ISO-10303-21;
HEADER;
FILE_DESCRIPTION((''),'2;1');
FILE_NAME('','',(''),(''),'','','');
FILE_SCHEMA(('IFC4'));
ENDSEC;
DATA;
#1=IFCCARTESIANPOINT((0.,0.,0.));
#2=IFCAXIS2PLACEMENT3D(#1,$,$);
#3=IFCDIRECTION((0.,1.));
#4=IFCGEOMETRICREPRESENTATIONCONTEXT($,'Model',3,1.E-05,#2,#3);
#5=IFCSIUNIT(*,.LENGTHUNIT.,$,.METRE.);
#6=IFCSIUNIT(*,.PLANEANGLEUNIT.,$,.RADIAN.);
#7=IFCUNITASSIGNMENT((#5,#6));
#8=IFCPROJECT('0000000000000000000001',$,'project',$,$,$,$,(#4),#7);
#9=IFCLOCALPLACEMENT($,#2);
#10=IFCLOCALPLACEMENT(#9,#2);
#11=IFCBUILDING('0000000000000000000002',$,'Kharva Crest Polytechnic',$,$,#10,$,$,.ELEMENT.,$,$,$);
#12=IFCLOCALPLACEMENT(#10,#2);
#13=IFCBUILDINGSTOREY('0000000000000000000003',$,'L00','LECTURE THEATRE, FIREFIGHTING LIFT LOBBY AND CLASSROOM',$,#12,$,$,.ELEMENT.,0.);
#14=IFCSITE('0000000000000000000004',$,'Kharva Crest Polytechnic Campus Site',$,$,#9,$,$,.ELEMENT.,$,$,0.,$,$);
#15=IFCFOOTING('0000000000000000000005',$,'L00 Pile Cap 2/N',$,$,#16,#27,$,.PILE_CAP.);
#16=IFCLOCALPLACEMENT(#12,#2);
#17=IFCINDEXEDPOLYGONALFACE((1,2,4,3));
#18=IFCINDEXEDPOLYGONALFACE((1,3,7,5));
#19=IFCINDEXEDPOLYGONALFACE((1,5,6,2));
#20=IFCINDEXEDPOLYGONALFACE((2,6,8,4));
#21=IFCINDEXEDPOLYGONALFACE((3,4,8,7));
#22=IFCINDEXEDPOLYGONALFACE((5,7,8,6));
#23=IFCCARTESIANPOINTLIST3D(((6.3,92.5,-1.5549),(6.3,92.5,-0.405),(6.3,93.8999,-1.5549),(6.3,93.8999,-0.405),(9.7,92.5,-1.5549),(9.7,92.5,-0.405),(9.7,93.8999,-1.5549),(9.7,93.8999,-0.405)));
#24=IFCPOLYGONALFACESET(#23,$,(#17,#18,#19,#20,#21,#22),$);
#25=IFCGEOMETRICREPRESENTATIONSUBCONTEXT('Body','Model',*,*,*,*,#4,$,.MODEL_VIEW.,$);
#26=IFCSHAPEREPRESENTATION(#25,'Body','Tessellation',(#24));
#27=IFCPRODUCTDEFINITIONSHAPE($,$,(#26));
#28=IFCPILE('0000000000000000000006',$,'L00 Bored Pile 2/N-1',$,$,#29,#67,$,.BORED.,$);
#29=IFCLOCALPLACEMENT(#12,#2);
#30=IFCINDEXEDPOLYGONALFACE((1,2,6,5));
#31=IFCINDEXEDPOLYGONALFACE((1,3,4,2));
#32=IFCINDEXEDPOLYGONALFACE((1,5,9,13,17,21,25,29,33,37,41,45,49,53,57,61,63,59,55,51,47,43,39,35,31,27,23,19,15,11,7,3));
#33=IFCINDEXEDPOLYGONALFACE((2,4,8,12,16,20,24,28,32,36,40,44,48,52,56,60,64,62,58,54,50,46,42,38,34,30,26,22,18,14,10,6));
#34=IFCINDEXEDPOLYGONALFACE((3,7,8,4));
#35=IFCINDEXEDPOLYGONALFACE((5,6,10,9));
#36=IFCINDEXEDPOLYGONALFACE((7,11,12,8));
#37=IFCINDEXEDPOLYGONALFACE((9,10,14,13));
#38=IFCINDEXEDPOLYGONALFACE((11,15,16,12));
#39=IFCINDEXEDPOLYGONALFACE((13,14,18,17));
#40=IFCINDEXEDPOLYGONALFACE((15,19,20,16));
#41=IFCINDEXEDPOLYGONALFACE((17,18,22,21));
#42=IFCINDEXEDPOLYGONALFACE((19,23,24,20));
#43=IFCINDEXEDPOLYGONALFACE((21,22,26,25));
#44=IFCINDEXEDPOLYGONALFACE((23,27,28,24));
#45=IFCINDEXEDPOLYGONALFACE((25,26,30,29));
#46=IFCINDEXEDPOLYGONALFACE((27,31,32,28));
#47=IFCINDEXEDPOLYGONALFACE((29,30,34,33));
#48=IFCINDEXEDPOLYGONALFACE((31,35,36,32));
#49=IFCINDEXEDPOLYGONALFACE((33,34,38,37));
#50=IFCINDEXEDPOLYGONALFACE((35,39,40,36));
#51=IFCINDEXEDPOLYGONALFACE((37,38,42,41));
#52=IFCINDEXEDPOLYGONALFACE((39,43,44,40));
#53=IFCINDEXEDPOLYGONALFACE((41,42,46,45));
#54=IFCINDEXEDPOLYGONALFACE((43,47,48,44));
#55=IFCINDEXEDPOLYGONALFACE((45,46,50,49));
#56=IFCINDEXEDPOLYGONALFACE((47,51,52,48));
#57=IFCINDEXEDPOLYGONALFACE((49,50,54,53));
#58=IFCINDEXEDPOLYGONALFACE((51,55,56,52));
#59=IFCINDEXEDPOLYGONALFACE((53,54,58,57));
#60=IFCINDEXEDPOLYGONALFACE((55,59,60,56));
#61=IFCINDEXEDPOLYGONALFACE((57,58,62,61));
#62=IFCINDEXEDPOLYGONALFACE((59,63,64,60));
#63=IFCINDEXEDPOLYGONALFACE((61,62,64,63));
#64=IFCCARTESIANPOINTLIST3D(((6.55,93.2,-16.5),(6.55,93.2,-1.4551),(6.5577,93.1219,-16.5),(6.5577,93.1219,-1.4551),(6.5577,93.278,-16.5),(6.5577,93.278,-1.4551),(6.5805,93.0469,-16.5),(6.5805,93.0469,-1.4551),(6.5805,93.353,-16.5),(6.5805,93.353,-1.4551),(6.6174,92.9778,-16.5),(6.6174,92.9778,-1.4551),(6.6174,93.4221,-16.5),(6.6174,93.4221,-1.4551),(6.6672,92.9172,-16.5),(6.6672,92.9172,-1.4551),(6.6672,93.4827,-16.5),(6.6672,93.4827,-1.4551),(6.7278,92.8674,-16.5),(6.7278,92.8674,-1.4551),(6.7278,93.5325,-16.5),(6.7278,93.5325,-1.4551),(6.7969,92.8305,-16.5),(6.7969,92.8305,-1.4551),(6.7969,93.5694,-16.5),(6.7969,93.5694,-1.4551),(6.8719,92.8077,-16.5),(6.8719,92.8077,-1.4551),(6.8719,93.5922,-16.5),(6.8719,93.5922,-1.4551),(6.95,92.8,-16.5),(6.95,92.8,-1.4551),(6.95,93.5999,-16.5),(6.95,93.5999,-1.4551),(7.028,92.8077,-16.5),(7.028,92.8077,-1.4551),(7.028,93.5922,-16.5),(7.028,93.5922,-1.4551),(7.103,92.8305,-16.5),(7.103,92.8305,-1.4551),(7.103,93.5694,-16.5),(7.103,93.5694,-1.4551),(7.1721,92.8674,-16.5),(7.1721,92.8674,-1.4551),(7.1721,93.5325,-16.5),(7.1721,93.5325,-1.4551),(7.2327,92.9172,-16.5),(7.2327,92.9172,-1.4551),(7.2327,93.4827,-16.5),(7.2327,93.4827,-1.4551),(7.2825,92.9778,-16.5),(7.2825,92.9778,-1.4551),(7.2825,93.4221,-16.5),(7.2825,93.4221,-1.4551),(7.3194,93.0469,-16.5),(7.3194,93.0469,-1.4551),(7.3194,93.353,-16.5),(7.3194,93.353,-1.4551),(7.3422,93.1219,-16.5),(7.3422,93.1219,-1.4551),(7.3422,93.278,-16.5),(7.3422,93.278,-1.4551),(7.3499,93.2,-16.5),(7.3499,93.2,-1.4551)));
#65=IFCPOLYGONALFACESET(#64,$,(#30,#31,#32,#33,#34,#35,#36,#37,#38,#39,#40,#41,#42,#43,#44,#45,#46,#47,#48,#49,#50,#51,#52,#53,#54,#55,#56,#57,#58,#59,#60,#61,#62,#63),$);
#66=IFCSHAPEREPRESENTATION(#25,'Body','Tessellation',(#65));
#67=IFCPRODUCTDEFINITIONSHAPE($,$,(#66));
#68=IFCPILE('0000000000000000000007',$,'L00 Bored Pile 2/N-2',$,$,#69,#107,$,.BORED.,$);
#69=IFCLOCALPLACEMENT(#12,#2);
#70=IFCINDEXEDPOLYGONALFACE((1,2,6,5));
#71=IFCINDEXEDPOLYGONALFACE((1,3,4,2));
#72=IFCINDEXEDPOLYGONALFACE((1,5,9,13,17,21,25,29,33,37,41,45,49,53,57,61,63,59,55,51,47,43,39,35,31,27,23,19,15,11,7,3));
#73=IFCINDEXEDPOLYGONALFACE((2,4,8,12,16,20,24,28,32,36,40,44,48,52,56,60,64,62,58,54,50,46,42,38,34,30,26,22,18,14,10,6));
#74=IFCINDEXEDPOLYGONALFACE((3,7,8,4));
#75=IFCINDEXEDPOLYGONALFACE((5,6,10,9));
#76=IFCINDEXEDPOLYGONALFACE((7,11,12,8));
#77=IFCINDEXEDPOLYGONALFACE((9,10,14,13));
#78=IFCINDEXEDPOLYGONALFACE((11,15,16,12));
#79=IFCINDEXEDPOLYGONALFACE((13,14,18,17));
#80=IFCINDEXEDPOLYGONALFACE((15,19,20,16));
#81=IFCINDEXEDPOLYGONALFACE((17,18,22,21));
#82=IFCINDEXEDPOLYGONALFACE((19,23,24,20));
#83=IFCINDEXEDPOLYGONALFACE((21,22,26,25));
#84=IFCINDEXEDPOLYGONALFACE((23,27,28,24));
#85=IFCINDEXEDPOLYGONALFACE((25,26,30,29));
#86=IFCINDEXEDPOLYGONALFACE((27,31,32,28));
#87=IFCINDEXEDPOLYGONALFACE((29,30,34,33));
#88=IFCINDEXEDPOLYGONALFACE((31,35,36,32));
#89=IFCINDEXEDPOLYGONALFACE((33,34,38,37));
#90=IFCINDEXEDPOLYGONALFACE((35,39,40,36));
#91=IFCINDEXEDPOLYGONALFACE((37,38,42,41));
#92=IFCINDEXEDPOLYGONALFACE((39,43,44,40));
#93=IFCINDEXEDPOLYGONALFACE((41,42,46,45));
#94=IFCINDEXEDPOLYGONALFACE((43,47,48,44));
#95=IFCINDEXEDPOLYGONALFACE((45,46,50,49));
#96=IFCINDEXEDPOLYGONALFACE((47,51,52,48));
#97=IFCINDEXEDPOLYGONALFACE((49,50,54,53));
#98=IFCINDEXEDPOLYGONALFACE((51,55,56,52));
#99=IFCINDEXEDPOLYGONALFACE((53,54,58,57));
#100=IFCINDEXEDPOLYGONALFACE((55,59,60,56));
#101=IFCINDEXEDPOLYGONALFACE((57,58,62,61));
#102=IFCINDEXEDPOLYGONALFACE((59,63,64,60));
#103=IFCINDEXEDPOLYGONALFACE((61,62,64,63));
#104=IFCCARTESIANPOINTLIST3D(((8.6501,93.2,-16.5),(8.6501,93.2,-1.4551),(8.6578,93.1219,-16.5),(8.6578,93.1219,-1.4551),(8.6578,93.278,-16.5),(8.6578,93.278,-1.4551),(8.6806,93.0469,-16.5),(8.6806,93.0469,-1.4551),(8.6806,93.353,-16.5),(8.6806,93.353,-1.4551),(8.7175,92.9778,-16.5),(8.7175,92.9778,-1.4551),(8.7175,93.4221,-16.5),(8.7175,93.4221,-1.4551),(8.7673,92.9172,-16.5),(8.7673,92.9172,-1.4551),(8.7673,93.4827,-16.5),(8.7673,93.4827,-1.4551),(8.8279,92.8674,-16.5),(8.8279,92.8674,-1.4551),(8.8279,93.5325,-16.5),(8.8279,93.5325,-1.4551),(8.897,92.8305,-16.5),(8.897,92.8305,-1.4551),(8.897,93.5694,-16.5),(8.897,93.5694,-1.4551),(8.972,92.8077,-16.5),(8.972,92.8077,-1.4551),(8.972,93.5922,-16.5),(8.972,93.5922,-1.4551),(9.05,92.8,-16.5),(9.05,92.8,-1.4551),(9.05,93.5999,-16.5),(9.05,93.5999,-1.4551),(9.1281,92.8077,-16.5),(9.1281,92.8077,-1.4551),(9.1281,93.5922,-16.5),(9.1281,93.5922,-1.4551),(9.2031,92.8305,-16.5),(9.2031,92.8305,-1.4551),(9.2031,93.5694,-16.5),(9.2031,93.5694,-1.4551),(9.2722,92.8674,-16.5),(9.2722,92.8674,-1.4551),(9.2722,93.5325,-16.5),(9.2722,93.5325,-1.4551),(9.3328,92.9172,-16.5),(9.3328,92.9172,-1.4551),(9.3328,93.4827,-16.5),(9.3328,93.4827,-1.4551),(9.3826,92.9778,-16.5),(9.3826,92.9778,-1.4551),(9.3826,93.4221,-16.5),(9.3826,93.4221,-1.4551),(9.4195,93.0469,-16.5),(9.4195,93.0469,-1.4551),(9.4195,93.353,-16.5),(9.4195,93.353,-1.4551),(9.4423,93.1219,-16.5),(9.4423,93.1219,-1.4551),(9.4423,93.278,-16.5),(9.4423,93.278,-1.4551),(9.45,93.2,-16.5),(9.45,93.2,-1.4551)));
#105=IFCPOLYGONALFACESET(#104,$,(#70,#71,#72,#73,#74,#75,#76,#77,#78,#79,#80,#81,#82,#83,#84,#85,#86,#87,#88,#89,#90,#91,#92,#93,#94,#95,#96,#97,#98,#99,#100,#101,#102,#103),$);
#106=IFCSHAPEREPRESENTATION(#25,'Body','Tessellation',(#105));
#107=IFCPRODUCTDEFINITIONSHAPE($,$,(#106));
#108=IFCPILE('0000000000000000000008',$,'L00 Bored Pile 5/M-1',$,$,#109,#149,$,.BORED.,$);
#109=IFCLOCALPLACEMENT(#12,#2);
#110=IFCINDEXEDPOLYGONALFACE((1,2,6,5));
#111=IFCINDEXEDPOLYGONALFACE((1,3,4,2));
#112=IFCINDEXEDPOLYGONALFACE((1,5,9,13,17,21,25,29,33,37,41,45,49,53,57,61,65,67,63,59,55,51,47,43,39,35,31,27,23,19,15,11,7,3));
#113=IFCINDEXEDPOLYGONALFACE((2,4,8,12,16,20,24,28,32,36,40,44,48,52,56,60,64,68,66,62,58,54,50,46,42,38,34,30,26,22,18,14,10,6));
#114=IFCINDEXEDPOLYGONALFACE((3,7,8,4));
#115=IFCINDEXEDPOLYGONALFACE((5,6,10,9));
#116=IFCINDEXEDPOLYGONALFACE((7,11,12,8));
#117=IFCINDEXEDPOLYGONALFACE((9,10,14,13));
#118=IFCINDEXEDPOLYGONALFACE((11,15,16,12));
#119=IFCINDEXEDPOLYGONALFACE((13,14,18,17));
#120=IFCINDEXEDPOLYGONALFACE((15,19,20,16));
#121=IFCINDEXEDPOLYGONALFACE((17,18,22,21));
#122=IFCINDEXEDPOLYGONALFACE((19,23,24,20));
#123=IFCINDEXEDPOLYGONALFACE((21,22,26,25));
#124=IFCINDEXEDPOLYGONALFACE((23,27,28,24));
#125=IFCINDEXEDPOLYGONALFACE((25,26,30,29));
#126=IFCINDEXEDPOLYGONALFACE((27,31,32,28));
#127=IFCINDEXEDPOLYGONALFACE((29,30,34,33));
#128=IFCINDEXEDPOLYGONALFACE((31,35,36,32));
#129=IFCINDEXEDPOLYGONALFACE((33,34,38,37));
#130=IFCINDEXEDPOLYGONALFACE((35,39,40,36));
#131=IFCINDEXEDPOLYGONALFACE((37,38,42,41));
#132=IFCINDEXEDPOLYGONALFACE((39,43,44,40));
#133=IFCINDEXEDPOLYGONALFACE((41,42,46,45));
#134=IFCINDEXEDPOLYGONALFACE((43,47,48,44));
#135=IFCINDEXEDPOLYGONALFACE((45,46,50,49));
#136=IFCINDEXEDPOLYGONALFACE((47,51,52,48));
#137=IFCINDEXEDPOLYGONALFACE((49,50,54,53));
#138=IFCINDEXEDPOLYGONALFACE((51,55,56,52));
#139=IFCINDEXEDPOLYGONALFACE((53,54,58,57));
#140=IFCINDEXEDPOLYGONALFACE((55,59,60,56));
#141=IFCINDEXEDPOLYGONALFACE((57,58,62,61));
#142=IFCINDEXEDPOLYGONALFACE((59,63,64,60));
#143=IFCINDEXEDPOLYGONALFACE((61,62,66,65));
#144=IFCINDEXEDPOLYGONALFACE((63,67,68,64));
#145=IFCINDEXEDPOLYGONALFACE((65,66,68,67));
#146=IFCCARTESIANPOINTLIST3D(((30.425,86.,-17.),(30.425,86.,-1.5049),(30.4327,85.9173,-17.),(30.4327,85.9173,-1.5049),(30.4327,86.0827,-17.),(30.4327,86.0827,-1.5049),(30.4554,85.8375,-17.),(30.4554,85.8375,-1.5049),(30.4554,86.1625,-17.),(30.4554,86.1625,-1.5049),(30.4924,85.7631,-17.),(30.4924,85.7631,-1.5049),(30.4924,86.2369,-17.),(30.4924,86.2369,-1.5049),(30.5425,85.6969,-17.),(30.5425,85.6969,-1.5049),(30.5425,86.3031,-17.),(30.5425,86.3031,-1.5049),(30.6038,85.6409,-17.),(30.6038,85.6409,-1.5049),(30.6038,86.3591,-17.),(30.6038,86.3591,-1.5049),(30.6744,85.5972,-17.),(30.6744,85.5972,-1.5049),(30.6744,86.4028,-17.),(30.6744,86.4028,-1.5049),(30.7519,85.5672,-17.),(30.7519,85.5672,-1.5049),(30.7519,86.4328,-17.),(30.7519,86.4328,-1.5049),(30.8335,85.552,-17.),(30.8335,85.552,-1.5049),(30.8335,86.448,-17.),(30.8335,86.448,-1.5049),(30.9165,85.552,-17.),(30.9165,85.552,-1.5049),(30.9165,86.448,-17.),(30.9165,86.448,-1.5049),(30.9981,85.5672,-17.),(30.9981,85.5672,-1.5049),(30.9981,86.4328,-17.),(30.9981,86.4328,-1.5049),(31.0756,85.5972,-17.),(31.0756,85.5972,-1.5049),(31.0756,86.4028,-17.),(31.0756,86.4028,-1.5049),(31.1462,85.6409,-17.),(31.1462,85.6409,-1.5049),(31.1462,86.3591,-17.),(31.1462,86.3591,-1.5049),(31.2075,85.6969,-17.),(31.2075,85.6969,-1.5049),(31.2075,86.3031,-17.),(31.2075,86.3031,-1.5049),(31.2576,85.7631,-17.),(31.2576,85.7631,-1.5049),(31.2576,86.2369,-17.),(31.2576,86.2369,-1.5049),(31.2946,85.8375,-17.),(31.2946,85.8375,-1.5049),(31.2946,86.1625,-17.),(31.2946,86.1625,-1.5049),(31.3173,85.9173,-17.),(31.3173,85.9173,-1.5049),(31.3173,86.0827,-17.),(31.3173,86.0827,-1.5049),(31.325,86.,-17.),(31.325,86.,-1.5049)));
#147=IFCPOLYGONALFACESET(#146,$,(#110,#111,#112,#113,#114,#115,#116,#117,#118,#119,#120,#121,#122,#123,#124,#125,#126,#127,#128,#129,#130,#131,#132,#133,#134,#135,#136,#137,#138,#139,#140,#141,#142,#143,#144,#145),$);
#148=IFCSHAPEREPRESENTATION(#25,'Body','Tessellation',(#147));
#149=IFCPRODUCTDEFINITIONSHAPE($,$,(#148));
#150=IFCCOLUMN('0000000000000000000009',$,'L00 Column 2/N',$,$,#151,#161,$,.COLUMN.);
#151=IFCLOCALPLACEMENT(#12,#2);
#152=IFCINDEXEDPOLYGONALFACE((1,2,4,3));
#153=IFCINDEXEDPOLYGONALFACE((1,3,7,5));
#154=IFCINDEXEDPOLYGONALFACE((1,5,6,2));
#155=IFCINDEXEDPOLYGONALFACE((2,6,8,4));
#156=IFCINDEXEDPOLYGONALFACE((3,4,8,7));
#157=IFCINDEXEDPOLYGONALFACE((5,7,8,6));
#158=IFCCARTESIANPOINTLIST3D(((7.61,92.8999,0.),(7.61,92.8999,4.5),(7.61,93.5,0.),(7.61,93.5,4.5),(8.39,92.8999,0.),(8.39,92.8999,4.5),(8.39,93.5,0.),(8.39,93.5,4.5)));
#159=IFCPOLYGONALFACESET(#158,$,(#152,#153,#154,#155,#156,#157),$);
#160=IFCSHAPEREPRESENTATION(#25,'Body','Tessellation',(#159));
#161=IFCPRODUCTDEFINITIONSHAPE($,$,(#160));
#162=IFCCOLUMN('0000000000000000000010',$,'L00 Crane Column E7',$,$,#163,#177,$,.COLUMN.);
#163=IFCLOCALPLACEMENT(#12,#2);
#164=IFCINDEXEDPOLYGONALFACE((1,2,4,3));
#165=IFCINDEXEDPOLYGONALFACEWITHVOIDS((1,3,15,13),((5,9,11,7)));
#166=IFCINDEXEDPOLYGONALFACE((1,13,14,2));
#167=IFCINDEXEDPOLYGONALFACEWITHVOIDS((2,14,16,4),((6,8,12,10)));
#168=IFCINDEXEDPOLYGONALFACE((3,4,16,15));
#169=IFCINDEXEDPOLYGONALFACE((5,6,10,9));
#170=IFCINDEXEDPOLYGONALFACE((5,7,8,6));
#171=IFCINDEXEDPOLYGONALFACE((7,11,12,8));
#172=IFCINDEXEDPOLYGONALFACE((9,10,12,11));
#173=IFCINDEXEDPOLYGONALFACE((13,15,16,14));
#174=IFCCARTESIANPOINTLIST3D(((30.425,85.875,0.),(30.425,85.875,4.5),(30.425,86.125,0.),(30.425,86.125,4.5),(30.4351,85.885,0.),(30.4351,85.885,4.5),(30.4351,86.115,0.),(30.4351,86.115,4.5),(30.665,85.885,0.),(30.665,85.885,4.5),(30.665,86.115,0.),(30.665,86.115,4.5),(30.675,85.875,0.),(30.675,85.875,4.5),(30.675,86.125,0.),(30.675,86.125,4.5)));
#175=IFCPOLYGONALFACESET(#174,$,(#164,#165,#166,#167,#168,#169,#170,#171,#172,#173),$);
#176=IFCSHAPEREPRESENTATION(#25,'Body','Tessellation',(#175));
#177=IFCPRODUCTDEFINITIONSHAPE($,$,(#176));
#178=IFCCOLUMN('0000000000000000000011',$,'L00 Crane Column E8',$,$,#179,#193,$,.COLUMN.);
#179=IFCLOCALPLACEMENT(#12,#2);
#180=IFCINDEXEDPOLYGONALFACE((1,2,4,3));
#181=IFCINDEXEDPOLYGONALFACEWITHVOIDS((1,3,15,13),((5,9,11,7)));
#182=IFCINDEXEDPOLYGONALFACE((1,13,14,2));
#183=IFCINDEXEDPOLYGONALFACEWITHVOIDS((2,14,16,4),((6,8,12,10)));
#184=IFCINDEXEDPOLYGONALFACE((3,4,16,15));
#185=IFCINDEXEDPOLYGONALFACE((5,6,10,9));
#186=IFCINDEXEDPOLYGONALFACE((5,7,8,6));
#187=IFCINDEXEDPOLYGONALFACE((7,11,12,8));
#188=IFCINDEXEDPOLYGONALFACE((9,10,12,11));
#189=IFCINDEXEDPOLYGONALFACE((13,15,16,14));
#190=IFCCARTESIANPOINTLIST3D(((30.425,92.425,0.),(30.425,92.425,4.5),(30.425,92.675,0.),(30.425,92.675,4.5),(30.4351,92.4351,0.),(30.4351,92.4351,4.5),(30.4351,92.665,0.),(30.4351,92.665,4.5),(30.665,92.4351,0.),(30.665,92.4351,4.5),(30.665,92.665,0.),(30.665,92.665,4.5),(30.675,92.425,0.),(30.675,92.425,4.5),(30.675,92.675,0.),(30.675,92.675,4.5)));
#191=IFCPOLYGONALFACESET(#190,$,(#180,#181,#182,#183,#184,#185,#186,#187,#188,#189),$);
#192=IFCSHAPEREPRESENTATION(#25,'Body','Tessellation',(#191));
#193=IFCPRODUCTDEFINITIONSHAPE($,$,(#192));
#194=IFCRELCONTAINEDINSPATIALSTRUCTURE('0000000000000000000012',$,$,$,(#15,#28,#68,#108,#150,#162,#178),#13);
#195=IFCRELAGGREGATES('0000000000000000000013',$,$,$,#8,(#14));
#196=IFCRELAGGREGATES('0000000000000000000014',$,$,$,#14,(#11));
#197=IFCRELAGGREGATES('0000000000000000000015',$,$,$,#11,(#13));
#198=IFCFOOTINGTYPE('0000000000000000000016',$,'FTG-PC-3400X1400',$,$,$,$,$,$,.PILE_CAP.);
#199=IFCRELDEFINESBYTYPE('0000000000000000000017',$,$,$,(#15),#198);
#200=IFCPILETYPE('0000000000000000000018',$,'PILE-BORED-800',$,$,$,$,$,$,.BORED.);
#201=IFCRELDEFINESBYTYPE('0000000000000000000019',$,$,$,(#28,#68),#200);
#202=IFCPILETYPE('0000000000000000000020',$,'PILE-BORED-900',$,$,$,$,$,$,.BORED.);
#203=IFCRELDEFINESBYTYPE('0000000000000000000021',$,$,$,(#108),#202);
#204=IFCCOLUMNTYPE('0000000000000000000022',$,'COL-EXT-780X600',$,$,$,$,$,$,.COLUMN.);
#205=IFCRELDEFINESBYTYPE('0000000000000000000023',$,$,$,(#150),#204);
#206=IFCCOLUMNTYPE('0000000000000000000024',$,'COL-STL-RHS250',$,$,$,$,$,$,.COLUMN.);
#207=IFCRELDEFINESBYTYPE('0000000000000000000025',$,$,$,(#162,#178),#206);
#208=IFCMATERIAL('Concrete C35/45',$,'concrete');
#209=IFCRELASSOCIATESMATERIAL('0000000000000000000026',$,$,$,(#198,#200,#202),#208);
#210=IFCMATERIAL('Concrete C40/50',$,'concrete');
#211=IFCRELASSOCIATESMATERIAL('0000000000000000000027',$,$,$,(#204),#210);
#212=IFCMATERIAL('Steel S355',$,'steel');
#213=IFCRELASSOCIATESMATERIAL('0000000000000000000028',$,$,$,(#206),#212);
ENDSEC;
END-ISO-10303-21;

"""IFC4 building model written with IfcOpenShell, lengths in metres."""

from ifc_helpers import new_model, si_unit, direction, frame, origin, origin_2d, place, context, subcontext, project, spatial, rectangle, hollow_rectangle, circle, extrude, material, material_profile, profile_set, type_object, element, save


model = new_model("IFC4")

# Units and contexts
model_context = context("Model", 3, precision=1e-05, world=origin(), true_north=direction((0.0, 1.0)))
body_context = subcontext(model_context, "Body", "Model", "MODEL_VIEW")
ifc_project = project(units=[si_unit("LENGTHUNIT", "METRE"), si_unit("PLANEANGLEUNIT", "RADIAN")], contexts=[model_context])

# Site, building, storey
site_placement = place(None, origin())
site = spatial("IfcSite", under=ifc_project, at=site_placement, Name="Kharva Crest Polytechnic Campus Site", CompositionType="ELEMENT", RefElevation=0.0)
building_placement = place(site_placement, origin())
building = spatial("IfcBuilding", under=site, at=building_placement, Name="Kharva Crest Polytechnic", CompositionType="ELEMENT")
storey_placement = place(building_placement, origin())
storey = spatial("IfcBuildingStorey", under=building, at=storey_placement, Name="L00", Description="LECTURE THEATRE, FIREFIGHTING LIFT LOBBY AND CLASSROOM", CompositionType="ELEMENT", Elevation=0.0)

# Footing
ifc_material_1 = material(Name="Concrete C35/45", Category="concrete")
footing_type = type_object("IfcFootingType", Name="FTG-PC-3400X1400", PredefinedType="PILE_CAP", material=ifc_material_1)
footing_placement = place(storey_placement, frame((8.0, 93.2, -1.5549), z_axis=(0.0, 0.0, 1.0), x_axis=(1.0, 0.0, 0.0)))
element("IfcFooting", 1, at=footing_placement, inside=storey, type_object=footing_type, Name="L00 Pile Cap 2/N", PredefinedType="PILE_CAP", context=body_context, shape_type="SweptSolid", body=[
    extrude(rectangle(XDim=3.3999, YDim=1.3999, at=origin_2d()), origin(), (0.0, 0.0, 1.0), 1.1499),
])

# Piles
ifc_material_profile_1 = material_profile(ifc_material_1, circle(Radius=0.3999, at=origin_2d()), Name="DIA 800")
ifc_profile_set_1 = profile_set([ifc_material_profile_1], Name="Concrete C35/45")
pile_type_1 = type_object("IfcPileType", Name="PILE-BORED-800", PredefinedType="BORED", material=ifc_profile_set_1)
for number, where, z_axis, x_axis, name in (
    (2, (6.95, 93.2, -1.4551), (0.0, 0.0, -1.0), (1.0, 0.0, 0.0), "L00 Bored Pile 2/N-1"),
    (3, (9.05, 93.2, -1.4551), (0.0, 0.0, -1.0), (1.0, 0.0, 0.0), "L00 Bored Pile 2/N-2"),
):
    element("IfcPile", number, at=place(storey_placement, frame(where, z_axis=z_axis, x_axis=x_axis)), inside=storey, type_object=pile_type_1, Name=name, PredefinedType="BORED", context=body_context, shape_type="SweptSolid", body=[
        extrude(circle(Radius=0.3999, at=origin_2d()), origin(), (0.0, 0.0, 1.0), 15.0449),
    ])
ifc_material_profile_2 = material_profile(ifc_material_1, circle(Radius=0.45, at=origin_2d()), Name="DIA 900")
ifc_profile_set_2 = profile_set([ifc_material_profile_2], Name="Concrete C35/45")
pile_type_2 = type_object("IfcPileType", Name="PILE-BORED-900", PredefinedType="BORED", material=ifc_profile_set_2)
pile_placement = place(storey_placement, frame((30.875, 86.0, -1.5049), z_axis=(0.0, 0.0, -1.0), x_axis=(1.0, 0.0, 0.0)))
element("IfcPile", 4, at=pile_placement, inside=storey, type_object=pile_type_2, Name="L00 Bored Pile 5/M-1", PredefinedType="BORED", context=body_context, shape_type="SweptSolid", body=[
    extrude(circle(Radius=0.45, at=origin_2d()), origin(), (0.0, 0.0, 1.0), 15.4951),
])

# Columns
ifc_material_2 = material(Name="Concrete C40/50", Category="concrete")
ifc_material_profile_3 = material_profile(ifc_material_2, rectangle(XDim=0.78, YDim=0.6001, at=origin_2d()), Name="RECT 780 X 600")
ifc_profile_set_3 = profile_set([ifc_material_profile_3], Name="Concrete C40/50")
column_type_1 = type_object("IfcColumnType", Name="COL-EXT-780X600", PredefinedType="COLUMN", material=ifc_profile_set_3)
column_placement = place(storey_placement, frame((8.0, 93.2, 0.0), z_axis=(0.0, 0.0, 1.0), x_axis=(1.0, 0.0, 0.0)))
element("IfcColumn", 5, at=column_placement, inside=storey, type_object=column_type_1, Name="L00 Column 2/N", PredefinedType="COLUMN", context=body_context, shape_type="SweptSolid", body=[
    extrude(rectangle(XDim=0.78, YDim=0.6001, at=origin_2d()), origin(), (0.0, 0.0, 1.0), 4.5),
])
ifc_material_3 = material(Name="Steel S355", Category="steel")
ifc_material_profile_4 = material_profile(ifc_material_3, hollow_rectangle(XDim=0.25, YDim=0.25, WallThickness=0.01, at=origin_2d()), Name="RHS 250X250X10.0")
ifc_profile_set_4 = profile_set([ifc_material_profile_4], Name="Steel S355")
column_type_2 = type_object("IfcColumnType", Name="COL-STL-RHS250", PredefinedType="COLUMN", material=ifc_profile_set_4)
for number, where, z_axis, x_axis, name in (
    (6, (30.55, 86.0, 0.0), (0.0, 0.0, 1.0), (1.0, 0.0, 0.0), "L00 Crane Column E7"),
    (7, (30.55, 92.55, 0.0), (0.0, 0.0, 1.0), (1.0, 0.0, 0.0), "L00 Crane Column E8"),
):
    element("IfcColumn", number, at=place(storey_placement, frame(where, z_axis=z_axis, x_axis=x_axis)), inside=storey, type_object=column_type_2, Name=name, PredefinedType="COLUMN", context=body_context, shape_type="SweptSolid", body=[
        extrude(hollow_rectangle(XDim=0.25, YDim=0.25, WallThickness=0.01, at=origin_2d()), origin(), (0.0, 0.0, 1.0), 4.5),
    ])

save(model, "model.ifc")
